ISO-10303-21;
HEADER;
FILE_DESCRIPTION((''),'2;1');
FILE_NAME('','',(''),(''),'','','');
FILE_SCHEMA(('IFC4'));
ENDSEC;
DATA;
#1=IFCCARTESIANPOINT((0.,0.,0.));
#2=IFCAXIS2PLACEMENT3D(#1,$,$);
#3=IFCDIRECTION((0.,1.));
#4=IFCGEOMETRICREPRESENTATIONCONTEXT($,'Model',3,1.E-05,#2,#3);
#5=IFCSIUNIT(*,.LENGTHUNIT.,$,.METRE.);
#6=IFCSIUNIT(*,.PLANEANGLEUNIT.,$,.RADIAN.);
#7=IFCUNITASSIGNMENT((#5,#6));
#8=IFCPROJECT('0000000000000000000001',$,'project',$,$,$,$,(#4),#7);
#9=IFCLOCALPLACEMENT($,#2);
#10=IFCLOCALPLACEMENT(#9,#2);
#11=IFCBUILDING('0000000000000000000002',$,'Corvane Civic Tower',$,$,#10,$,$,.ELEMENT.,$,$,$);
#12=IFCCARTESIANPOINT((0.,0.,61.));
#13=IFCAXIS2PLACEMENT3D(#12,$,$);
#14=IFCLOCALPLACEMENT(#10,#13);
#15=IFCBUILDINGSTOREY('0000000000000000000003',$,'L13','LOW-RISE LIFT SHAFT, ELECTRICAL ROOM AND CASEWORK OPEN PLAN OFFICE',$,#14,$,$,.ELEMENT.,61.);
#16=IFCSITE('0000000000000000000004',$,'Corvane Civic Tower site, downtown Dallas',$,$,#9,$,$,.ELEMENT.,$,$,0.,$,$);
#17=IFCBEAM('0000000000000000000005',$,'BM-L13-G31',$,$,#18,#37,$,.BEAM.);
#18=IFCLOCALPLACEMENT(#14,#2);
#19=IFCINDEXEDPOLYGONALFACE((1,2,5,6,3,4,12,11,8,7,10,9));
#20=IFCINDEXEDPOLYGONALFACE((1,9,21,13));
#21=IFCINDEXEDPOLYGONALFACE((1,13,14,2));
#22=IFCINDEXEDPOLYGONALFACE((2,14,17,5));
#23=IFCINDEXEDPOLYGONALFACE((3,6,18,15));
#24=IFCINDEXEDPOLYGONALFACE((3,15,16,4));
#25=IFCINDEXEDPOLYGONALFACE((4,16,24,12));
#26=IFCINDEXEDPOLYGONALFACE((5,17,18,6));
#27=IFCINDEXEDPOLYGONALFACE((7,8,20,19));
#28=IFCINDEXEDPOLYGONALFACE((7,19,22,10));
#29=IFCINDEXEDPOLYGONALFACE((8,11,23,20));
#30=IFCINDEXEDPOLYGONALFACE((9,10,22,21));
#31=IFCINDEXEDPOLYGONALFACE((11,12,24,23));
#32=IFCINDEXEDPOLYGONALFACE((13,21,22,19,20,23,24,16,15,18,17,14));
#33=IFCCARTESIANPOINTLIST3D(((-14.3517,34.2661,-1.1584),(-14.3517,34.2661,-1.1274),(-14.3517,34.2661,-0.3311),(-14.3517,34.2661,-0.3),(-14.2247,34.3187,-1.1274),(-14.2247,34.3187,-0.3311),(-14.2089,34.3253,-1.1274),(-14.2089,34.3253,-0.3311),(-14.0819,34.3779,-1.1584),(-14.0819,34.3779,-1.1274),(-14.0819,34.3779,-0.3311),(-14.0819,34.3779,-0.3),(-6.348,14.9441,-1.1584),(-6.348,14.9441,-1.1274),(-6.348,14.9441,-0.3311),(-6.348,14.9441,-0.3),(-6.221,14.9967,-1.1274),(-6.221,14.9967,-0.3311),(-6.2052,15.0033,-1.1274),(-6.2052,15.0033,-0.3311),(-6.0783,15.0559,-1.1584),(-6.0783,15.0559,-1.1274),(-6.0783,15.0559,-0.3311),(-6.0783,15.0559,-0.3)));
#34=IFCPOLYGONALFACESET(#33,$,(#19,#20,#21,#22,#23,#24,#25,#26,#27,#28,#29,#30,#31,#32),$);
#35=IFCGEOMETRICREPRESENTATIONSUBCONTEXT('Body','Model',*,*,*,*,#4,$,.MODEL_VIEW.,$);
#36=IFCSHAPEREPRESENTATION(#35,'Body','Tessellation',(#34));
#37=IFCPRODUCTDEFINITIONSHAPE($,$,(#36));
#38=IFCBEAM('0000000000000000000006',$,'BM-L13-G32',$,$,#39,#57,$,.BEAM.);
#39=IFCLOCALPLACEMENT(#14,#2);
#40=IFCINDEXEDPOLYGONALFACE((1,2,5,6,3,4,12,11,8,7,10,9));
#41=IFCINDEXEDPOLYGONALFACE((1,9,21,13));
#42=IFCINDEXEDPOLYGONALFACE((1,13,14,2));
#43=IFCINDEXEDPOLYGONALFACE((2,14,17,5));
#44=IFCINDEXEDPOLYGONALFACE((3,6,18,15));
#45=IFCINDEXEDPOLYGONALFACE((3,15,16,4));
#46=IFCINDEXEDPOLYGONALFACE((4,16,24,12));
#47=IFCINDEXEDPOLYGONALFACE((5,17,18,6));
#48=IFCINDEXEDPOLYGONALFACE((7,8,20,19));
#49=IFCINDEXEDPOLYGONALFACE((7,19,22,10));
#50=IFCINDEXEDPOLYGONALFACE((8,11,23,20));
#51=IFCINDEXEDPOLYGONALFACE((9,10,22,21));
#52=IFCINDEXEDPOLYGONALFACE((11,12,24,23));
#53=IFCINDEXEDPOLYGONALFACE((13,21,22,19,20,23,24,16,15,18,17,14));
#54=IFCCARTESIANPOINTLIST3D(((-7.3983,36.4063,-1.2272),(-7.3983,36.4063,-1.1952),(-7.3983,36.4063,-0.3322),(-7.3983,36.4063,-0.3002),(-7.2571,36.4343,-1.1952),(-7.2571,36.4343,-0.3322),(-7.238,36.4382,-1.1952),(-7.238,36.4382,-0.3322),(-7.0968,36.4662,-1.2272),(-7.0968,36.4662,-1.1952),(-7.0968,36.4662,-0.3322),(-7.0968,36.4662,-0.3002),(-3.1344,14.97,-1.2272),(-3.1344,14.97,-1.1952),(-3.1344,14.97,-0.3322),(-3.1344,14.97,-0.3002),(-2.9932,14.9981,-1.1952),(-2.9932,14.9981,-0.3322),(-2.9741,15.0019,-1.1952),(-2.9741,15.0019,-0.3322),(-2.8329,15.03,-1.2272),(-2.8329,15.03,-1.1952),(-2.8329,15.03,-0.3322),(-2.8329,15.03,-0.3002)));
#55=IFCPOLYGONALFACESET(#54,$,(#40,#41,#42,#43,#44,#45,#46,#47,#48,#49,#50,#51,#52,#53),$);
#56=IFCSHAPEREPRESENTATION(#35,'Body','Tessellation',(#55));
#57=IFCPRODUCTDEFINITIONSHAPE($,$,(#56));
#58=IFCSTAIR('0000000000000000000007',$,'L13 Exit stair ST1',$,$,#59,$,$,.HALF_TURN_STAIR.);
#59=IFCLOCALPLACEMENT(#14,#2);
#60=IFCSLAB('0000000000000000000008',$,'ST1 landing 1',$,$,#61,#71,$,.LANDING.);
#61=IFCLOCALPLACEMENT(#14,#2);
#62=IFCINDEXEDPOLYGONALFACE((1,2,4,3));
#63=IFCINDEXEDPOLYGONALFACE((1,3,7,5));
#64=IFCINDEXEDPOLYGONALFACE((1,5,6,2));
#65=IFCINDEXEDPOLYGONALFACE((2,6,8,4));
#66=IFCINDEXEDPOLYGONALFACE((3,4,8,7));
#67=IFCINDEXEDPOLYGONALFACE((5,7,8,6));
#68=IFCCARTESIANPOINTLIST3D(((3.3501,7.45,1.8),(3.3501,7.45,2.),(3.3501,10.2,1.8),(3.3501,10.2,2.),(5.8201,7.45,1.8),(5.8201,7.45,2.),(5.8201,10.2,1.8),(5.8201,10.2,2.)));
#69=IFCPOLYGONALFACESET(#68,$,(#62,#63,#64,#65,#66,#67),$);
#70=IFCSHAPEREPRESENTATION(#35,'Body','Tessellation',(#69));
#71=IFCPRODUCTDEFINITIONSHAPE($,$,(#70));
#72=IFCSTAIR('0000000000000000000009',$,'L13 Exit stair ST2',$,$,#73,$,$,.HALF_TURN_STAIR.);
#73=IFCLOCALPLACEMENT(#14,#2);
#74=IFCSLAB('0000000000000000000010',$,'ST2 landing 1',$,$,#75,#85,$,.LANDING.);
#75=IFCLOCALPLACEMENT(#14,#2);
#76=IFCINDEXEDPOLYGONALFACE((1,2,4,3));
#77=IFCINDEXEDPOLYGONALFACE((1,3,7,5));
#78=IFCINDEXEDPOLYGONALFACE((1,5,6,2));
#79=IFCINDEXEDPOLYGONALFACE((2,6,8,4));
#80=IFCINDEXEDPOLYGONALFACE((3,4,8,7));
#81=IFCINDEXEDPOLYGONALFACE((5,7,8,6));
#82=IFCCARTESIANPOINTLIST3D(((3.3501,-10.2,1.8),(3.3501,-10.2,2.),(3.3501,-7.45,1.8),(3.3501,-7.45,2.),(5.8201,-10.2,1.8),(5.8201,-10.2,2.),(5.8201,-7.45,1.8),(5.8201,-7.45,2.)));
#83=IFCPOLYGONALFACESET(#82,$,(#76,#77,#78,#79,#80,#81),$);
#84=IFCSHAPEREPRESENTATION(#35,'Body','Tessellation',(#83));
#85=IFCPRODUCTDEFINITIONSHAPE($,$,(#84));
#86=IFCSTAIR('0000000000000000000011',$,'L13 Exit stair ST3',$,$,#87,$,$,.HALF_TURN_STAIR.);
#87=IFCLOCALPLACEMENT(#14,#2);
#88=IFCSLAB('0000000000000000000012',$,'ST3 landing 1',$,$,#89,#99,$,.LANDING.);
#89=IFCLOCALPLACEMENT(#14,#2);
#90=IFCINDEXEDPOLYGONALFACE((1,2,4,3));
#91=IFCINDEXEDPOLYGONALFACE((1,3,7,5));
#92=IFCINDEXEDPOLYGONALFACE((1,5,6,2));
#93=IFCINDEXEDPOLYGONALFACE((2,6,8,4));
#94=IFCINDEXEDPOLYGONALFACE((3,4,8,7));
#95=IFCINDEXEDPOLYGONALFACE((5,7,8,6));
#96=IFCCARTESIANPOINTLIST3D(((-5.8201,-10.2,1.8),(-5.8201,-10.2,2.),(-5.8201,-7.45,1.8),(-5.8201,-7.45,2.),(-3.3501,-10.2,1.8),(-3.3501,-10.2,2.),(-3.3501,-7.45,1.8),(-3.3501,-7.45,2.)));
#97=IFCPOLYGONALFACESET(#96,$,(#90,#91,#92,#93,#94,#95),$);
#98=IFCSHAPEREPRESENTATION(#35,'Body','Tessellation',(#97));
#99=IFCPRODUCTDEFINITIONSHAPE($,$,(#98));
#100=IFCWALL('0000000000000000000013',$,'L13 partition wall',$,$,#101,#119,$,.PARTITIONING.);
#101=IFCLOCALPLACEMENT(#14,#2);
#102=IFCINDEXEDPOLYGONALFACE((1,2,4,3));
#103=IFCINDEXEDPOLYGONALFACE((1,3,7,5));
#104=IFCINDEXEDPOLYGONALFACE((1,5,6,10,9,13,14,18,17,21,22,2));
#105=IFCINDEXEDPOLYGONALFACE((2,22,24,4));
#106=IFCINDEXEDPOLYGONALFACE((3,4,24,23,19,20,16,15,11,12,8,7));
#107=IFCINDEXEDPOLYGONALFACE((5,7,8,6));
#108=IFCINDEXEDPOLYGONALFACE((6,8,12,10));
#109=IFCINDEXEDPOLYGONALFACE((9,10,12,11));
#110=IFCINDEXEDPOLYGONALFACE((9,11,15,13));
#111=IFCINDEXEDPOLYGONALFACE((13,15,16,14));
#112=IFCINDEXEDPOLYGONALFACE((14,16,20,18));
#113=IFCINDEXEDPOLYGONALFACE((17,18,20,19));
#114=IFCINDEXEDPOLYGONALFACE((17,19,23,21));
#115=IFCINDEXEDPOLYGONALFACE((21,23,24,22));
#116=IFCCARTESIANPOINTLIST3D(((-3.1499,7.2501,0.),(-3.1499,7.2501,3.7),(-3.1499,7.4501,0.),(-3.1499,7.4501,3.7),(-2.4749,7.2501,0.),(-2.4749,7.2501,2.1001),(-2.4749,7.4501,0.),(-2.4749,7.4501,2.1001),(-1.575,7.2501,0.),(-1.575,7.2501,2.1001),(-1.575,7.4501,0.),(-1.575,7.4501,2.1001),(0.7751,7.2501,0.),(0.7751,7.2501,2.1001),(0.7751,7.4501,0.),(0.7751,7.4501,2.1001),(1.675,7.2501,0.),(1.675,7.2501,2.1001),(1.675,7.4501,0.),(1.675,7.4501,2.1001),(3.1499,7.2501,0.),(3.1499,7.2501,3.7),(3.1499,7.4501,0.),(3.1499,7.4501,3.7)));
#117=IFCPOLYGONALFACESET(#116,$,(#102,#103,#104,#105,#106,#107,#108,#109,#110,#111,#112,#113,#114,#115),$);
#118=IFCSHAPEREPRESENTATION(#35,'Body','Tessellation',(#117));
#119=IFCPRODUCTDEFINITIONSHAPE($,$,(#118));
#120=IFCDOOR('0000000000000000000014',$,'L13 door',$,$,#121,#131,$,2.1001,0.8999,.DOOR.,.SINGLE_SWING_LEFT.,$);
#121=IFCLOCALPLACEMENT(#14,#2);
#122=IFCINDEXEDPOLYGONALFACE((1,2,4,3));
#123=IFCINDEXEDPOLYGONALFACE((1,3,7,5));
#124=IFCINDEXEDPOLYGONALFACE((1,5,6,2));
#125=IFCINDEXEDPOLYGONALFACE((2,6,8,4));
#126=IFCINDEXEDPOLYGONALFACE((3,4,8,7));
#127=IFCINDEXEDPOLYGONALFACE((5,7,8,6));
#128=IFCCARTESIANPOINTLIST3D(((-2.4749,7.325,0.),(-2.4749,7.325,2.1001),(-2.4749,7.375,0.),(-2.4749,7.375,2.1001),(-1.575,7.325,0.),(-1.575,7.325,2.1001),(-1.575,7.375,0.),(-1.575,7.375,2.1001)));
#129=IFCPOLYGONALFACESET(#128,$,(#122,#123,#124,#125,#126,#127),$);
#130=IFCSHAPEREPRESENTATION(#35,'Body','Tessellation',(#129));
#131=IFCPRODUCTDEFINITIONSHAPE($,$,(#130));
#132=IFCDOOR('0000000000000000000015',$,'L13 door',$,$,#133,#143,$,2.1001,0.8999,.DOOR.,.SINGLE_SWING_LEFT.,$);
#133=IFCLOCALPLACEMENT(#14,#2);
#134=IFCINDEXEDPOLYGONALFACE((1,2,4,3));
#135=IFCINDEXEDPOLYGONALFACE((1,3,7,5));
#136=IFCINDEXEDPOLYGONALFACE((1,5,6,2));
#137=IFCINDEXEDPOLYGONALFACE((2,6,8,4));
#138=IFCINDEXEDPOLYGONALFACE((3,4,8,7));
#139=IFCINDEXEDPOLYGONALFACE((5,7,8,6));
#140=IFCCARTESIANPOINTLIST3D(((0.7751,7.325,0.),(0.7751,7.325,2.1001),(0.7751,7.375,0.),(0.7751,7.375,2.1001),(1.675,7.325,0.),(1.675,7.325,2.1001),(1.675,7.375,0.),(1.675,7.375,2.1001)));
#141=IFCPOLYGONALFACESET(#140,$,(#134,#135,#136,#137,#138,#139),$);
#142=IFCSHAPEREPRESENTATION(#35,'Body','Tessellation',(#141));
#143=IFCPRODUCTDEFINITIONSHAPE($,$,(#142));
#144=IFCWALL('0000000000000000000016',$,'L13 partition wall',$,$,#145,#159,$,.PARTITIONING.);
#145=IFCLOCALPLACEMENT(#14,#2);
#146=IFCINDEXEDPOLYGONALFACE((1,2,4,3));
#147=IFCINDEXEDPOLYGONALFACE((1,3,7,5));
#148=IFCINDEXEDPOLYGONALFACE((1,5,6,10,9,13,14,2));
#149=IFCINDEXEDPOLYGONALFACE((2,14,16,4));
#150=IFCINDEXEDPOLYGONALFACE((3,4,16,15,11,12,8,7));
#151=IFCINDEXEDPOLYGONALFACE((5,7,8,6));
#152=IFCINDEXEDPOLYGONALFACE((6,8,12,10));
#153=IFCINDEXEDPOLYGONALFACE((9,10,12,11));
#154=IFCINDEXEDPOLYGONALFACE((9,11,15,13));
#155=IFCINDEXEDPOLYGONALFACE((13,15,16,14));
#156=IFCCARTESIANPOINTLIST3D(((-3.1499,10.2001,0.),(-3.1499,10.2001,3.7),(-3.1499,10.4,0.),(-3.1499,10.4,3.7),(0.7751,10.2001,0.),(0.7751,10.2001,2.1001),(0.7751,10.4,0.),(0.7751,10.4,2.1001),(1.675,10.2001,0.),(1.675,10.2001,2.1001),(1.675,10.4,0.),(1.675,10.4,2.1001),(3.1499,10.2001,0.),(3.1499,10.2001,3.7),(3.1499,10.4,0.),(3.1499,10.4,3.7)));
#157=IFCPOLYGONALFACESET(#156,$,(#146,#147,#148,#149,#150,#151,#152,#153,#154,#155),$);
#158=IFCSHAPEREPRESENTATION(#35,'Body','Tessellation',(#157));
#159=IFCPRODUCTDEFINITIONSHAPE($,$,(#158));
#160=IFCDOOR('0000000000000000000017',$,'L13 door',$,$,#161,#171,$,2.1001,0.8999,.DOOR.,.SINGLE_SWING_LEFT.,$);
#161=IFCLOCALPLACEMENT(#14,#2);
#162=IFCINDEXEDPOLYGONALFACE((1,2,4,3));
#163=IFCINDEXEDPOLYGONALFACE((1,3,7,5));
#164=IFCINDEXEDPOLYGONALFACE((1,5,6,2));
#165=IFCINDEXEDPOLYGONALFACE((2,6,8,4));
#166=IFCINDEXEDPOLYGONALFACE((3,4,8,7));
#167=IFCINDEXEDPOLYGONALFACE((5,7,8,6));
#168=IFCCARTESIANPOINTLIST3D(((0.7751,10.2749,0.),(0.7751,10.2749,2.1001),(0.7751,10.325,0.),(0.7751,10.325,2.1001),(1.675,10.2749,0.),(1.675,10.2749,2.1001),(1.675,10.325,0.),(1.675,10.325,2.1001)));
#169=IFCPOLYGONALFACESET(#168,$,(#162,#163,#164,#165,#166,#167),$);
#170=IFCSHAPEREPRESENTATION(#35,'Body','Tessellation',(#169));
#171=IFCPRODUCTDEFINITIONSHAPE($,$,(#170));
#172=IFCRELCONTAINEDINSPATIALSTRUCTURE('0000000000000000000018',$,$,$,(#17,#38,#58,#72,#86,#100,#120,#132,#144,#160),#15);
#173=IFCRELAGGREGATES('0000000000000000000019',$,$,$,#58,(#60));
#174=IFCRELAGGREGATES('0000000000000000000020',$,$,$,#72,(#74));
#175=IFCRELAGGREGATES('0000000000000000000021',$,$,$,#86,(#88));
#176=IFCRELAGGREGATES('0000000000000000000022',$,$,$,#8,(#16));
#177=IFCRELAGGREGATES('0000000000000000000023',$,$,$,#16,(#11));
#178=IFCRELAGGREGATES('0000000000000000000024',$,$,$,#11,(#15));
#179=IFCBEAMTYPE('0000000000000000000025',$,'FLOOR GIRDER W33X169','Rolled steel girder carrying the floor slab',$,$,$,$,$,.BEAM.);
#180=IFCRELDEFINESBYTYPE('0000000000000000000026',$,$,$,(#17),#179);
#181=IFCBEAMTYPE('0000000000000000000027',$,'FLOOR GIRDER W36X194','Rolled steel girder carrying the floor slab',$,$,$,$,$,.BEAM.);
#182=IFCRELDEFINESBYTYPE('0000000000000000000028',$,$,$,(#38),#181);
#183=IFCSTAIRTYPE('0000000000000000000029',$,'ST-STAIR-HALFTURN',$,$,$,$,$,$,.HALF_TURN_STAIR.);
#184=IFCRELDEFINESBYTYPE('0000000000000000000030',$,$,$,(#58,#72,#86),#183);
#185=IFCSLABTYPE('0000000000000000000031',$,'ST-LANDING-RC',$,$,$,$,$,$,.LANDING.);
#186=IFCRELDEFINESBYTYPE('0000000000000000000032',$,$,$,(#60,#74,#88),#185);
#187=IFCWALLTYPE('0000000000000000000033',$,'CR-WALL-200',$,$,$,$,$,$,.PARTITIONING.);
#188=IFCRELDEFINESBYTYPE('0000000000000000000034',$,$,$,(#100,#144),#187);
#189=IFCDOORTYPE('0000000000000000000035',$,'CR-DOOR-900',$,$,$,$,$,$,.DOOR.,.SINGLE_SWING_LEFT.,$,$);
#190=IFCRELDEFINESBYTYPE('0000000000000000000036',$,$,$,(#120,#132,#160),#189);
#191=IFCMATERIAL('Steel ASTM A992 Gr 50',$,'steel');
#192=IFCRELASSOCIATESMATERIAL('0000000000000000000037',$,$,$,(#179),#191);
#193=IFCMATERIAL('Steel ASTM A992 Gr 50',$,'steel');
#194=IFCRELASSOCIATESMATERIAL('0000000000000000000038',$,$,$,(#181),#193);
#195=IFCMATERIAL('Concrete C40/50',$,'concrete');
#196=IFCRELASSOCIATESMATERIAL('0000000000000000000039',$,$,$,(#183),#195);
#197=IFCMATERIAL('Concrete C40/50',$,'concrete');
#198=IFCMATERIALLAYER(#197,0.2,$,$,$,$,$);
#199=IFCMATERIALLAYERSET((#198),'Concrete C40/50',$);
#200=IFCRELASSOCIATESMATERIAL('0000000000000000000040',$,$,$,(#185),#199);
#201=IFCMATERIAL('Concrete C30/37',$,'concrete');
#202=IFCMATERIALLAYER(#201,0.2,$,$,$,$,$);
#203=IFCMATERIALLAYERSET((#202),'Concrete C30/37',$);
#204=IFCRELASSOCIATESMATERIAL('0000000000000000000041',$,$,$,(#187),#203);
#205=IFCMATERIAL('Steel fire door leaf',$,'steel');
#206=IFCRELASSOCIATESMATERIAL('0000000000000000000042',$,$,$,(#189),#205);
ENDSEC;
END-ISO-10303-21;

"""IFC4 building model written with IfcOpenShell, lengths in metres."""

from ifc_helpers import new_model, si_unit, direction, frame, frame_2d, origin, origin_2d, place, context, subcontext, project, spatial, polyline, rectangle, i_section, outline, extrude, material, layer, layer_set, material_profile, profile_set, type_object, element, fill, aggregate, save


model = new_model("IFC4")

# Units and contexts
model_context = context("Model", 3, precision=1e-05, world=origin(), true_north=direction((0.0, 1.0)))
body_context = subcontext(model_context, "Body", "Model", "MODEL_VIEW")
ifc_project = project(units=[si_unit("LENGTHUNIT", "METRE"), si_unit("PLANEANGLEUNIT", "RADIAN")], contexts=[model_context])

# Site, building, storey
site_placement = place(None, origin())
site = spatial("IfcSite", under=ifc_project, at=site_placement, Name="Corvane Civic Tower site, downtown Dallas", CompositionType="ELEMENT", RefElevation=0.0)
building_placement = place(site_placement, origin())
building = spatial("IfcBuilding", under=site, at=building_placement, Name="Corvane Civic Tower", CompositionType="ELEMENT")
storey_placement = place(building_placement, frame((0.0, 0.0, 61.0)))
storey = spatial("IfcBuildingStorey", under=building, at=storey_placement, Name="L13", Description="LOW-RISE LIFT SHAFT, ELECTRICAL ROOM AND CASEWORK OPEN PLAN OFFICE", CompositionType="ELEMENT", Elevation=61.0)

# Beams
ifc_material_1 = material(Name="Steel ASTM A992 Gr 50", Category="steel")
ifc_material_profile_1 = material_profile(ifc_material_1, i_section(OverallWidth=0.292, OverallDepth=0.8584, WebThickness=0.0171, FlangeThickness=0.031, at=origin_2d()), Name="W33X169")
ifc_profile_set_1 = profile_set([ifc_material_profile_1], Name="Steel ASTM A992 Gr 50")
beam_type_1 = type_object("IfcBeamType", Name="FLOOR GIRDER W33X169", Description="Rolled steel girder carrying the floor slab", PredefinedType="BEAM", material=ifc_profile_set_1)
beam_1_placement = place(storey_placement, frame((-6.2131, 15.0, -0.7292), z_axis=(-0.382692, 0.923876, 0.0), x_axis=(-0.923876, -0.382692, 0.0)))
element("IfcBeam", 1, at=beam_1_placement, inside=storey, type_object=beam_type_1, Name="BM-L13-G31", PredefinedType="BEAM", context=body_context, shape_type="SweptSolid", body=[
    extrude(i_section(OverallWidth=0.292, OverallDepth=0.8584, WebThickness=0.0171, FlangeThickness=0.031, at=origin_2d()), origin(), (0.0, 0.0, 1.0), 20.9141),
])
ifc_material_2 = material(Name="Steel ASTM A992 Gr 50", Category="steel")
ifc_material_profile_2 = material_profile(ifc_material_2, i_section(OverallWidth=0.3074, OverallDepth=0.927, WebThickness=0.0195, FlangeThickness=0.032, at=origin_2d()), Name="W36X194")
ifc_profile_set_2 = profile_set([ifc_material_profile_2], Name="Steel ASTM A992 Gr 50")
beam_type_2 = type_object("IfcBeamType", Name="FLOOR GIRDER W36X194", Description="Rolled steel girder carrying the floor slab", PredefinedType="BEAM", material=ifc_profile_set_2)
beam_2_placement = place(storey_placement, frame((-2.9836, 15.0, -0.7637), z_axis=(-0.195089, 0.980785, 0.0), x_axis=(-0.980785, -0.195089, 0.0)))
element("IfcBeam", 2, at=beam_2_placement, inside=storey, type_object=beam_type_2, Name="BM-L13-G32", PredefinedType="BEAM", context=body_context, shape_type="SweptSolid", body=[
    extrude(i_section(OverallWidth=0.3074, OverallDepth=0.927, WebThickness=0.0195, FlangeThickness=0.032, at=origin_2d()), origin(), (0.0, 0.0, 1.0), 21.8562),
])

# Stairs, slabs
ifc_material_3 = material(Name="Concrete C40/50", Category="concrete")
stair_type = type_object("IfcStairType", Name="ST-STAIR-HALFTURN", PredefinedType="HALF_TURN_STAIR", material=ifc_material_3)
stair_1_placement = place(storey_placement, origin())
stair_1 = element("IfcStair", 3, at=stair_1_placement, inside=storey, type_object=stair_type, Name="L13 Exit stair ST1", PredefinedType="HALF_TURN_STAIR")
ifc_material_4 = material(Name="Concrete C40/50", Category="concrete")
ifc_layer_1 = layer(ifc_material_4, 0.2)
ifc_layer_set_1 = layer_set([ifc_layer_1], Name="Concrete C40/50")
slab_type = type_object("IfcSlabType", Name="ST-LANDING-RC", PredefinedType="LANDING", material=ifc_layer_set_1)
slab_1_placement = place(storey_placement, frame((0.0, 0.0, 1.8)))
slab_1 = element("IfcSlab", 4, at=slab_1_placement, type_object=slab_type, Name="ST1 landing 1", PredefinedType="LANDING", context=body_context, shape_type="SweptSolid", body=[
    extrude(outline(polyline([(5.8201, 10.2), (3.3501, 10.2), (3.3501, 7.45), (5.8201, 7.45), (5.8201, 10.2)])), origin(), (0.0, 0.0, 1.0), 0.2),
])
aggregate(stair_1, [slab_1])
stair_2_placement = place(storey_placement, origin())
stair_2 = element("IfcStair", 5, at=stair_2_placement, inside=storey, type_object=stair_type, Name="L13 Exit stair ST2", PredefinedType="HALF_TURN_STAIR")
slab_2_placement = place(storey_placement, frame((0.0, 0.0, 1.8)))
slab_2 = element("IfcSlab", 6, at=slab_2_placement, type_object=slab_type, Name="ST2 landing 1", PredefinedType="LANDING", context=body_context, shape_type="SweptSolid", body=[
    extrude(outline(polyline([(5.8201, -7.45), (3.3501, -7.45), (3.3501, -10.2), (5.8201, -10.2), (5.8201, -7.45)])), origin(), (0.0, 0.0, 1.0), 0.2),
])
aggregate(stair_2, [slab_2])
stair_3_placement = place(storey_placement, origin())
stair_3 = element("IfcStair", 7, at=stair_3_placement, inside=storey, type_object=stair_type, Name="L13 Exit stair ST3", PredefinedType="HALF_TURN_STAIR")
slab_3_placement = place(storey_placement, frame((0.0, 0.0, 1.8)))
slab_3 = element("IfcSlab", 8, at=slab_3_placement, type_object=slab_type, Name="ST3 landing 1", PredefinedType="LANDING", context=body_context, shape_type="SweptSolid", body=[
    extrude(outline(polyline([(-5.8201, -10.2), (-3.3501, -10.2), (-3.3501, -7.45), (-5.8201, -7.45), (-5.8201, -10.2)])), origin(), (0.0, 0.0, 1.0), 0.2),
])
aggregate(stair_3, [slab_3])

# Wall, openings, doors
ifc_material_5 = material(Name="Concrete C30/37", Category="concrete")
ifc_layer_2 = layer(ifc_material_5, 0.2)
ifc_layer_set_2 = layer_set([ifc_layer_2], Name="Concrete C30/37")
wall_type = type_object("IfcWallType", Name="CR-WALL-200", PredefinedType="PARTITIONING", material=ifc_layer_set_2)
wall_1_placement = place(storey_placement, frame((-3.1499, 7.3501, 0.0), z_axis=(0.0, 0.0, 1.0), x_axis=(1.0, 0.0, 0.0)))
wall_1 = element("IfcWall", 9, at=wall_1_placement, inside=storey, type_object=wall_type, Name="L13 partition wall", PredefinedType="PARTITIONING", context=body_context, shape_type="SweptSolid", body=[
    extrude(rectangle(XDim=6.2998, YDim=0.2, at=frame_2d((3.1499, 0.0))), origin(), (0.0, 0.0, 1.0), 3.7),
])
opening_1_placement = place(wall_1_placement, frame((0.675, 0.0, 0.0)))
opening_1 = element("IfcOpeningElement", 10, at=opening_1_placement, cuts=wall_1, PredefinedType="OPENING", context=body_context, shape_type="SweptSolid", body=[
    extrude(rectangle(XDim=0.8999, YDim=2.1001, at=frame_2d((0.45, 1.05))), frame((0.0, 0.1099, 0.0), z_axis=(0.0, -1.0, 0.0), x_axis=(1.0, 0.0, 0.0)), (0.0, 0.0, 1.0), 0.22),
])
opening_2_placement = place(wall_1_placement, frame((3.925, 0.0, 0.0)))
opening_2 = element("IfcOpeningElement", 11, at=opening_2_placement, cuts=wall_1, PredefinedType="OPENING", context=body_context, shape_type="SweptSolid", body=[
    extrude(rectangle(XDim=0.8999, YDim=2.1001, at=frame_2d((0.45, 1.05))), frame((0.0, 0.1099, 0.0), z_axis=(0.0, -1.0, 0.0), x_axis=(1.0, 0.0, 0.0)), (0.0, 0.0, 1.0), 0.22),
])
ifc_material_6 = material(Name="Steel fire door leaf", Category="steel")
door_type = type_object("IfcDoorType", Name="CR-DOOR-900", OperationType="SINGLE_SWING_LEFT", PredefinedType="DOOR", material=ifc_material_6)
door_1_placement = place(opening_1_placement, origin())
door_1 = element("IfcDoor", 12, at=door_1_placement, inside=storey, type_object=door_type, Name="L13 door", OperationType="SINGLE_SWING_LEFT", OverallHeight=2.1001, OverallWidth=0.8999, PredefinedType="DOOR", context=body_context, shape_type="SweptSolid", body=[
    extrude(rectangle(XDim=0.8999, YDim=2.1001, at=frame_2d((0.45, 1.05))), frame((0.0, 0.0249, 0.0), z_axis=(0.0, -1.0, 0.0), x_axis=(1.0, 0.0, 0.0)), (0.0, 0.0, 1.0), 0.05),
])
fill(opening_1, door_1)
door_2_placement = place(opening_2_placement, origin())
door_2 = element("IfcDoor", 13, at=door_2_placement, inside=storey, type_object=door_type, Name="L13 door", OperationType="SINGLE_SWING_LEFT", OverallHeight=2.1001, OverallWidth=0.8999, PredefinedType="DOOR", context=body_context, shape_type="SweptSolid", body=[
    extrude(rectangle(XDim=0.8999, YDim=2.1001, at=frame_2d((0.45, 1.05))), frame((0.0, 0.0249, 0.0), z_axis=(0.0, -1.0, 0.0), x_axis=(1.0, 0.0, 0.0)), (0.0, 0.0, 1.0), 0.05),
])
fill(opening_2, door_2)

# Wall, opening, door
wall_2_placement = place(storey_placement, frame((-3.1499, 10.3, 0.0), z_axis=(0.0, 0.0, 1.0), x_axis=(1.0, 0.0, 0.0)))
wall_2 = element("IfcWall", 14, at=wall_2_placement, inside=storey, type_object=wall_type, Name="L13 partition wall", PredefinedType="PARTITIONING", context=body_context, shape_type="SweptSolid", body=[
    extrude(rectangle(XDim=6.2998, YDim=0.2, at=frame_2d((3.1499, 0.0))), origin(), (0.0, 0.0, 1.0), 3.7),
])
opening_3_placement = place(wall_2_placement, frame((3.925, 0.0, 0.0)))
opening_3 = element("IfcOpeningElement", 15, at=opening_3_placement, cuts=wall_2, PredefinedType="OPENING", context=body_context, shape_type="SweptSolid", body=[
    extrude(rectangle(XDim=0.8999, YDim=2.1001, at=frame_2d((0.45, 1.05))), frame((0.0, 0.1099, 0.0), z_axis=(0.0, -1.0, 0.0), x_axis=(1.0, 0.0, 0.0)), (0.0, 0.0, 1.0), 0.22),
])
door_3_placement = place(opening_3_placement, origin())
door_3 = element("IfcDoor", 16, at=door_3_placement, inside=storey, type_object=door_type, Name="L13 door", OperationType="SINGLE_SWING_LEFT", OverallHeight=2.1001, OverallWidth=0.8999, PredefinedType="DOOR", context=body_context, shape_type="SweptSolid", body=[
    extrude(rectangle(XDim=0.8999, YDim=2.1001, at=frame_2d((0.45, 1.05))), frame((0.0, 0.0249, 0.0), z_axis=(0.0, -1.0, 0.0), x_axis=(1.0, 0.0, 0.0)), (0.0, 0.0, 1.0), 0.05),
])
fill(opening_3, door_3)

save(model, "model.ifc")
